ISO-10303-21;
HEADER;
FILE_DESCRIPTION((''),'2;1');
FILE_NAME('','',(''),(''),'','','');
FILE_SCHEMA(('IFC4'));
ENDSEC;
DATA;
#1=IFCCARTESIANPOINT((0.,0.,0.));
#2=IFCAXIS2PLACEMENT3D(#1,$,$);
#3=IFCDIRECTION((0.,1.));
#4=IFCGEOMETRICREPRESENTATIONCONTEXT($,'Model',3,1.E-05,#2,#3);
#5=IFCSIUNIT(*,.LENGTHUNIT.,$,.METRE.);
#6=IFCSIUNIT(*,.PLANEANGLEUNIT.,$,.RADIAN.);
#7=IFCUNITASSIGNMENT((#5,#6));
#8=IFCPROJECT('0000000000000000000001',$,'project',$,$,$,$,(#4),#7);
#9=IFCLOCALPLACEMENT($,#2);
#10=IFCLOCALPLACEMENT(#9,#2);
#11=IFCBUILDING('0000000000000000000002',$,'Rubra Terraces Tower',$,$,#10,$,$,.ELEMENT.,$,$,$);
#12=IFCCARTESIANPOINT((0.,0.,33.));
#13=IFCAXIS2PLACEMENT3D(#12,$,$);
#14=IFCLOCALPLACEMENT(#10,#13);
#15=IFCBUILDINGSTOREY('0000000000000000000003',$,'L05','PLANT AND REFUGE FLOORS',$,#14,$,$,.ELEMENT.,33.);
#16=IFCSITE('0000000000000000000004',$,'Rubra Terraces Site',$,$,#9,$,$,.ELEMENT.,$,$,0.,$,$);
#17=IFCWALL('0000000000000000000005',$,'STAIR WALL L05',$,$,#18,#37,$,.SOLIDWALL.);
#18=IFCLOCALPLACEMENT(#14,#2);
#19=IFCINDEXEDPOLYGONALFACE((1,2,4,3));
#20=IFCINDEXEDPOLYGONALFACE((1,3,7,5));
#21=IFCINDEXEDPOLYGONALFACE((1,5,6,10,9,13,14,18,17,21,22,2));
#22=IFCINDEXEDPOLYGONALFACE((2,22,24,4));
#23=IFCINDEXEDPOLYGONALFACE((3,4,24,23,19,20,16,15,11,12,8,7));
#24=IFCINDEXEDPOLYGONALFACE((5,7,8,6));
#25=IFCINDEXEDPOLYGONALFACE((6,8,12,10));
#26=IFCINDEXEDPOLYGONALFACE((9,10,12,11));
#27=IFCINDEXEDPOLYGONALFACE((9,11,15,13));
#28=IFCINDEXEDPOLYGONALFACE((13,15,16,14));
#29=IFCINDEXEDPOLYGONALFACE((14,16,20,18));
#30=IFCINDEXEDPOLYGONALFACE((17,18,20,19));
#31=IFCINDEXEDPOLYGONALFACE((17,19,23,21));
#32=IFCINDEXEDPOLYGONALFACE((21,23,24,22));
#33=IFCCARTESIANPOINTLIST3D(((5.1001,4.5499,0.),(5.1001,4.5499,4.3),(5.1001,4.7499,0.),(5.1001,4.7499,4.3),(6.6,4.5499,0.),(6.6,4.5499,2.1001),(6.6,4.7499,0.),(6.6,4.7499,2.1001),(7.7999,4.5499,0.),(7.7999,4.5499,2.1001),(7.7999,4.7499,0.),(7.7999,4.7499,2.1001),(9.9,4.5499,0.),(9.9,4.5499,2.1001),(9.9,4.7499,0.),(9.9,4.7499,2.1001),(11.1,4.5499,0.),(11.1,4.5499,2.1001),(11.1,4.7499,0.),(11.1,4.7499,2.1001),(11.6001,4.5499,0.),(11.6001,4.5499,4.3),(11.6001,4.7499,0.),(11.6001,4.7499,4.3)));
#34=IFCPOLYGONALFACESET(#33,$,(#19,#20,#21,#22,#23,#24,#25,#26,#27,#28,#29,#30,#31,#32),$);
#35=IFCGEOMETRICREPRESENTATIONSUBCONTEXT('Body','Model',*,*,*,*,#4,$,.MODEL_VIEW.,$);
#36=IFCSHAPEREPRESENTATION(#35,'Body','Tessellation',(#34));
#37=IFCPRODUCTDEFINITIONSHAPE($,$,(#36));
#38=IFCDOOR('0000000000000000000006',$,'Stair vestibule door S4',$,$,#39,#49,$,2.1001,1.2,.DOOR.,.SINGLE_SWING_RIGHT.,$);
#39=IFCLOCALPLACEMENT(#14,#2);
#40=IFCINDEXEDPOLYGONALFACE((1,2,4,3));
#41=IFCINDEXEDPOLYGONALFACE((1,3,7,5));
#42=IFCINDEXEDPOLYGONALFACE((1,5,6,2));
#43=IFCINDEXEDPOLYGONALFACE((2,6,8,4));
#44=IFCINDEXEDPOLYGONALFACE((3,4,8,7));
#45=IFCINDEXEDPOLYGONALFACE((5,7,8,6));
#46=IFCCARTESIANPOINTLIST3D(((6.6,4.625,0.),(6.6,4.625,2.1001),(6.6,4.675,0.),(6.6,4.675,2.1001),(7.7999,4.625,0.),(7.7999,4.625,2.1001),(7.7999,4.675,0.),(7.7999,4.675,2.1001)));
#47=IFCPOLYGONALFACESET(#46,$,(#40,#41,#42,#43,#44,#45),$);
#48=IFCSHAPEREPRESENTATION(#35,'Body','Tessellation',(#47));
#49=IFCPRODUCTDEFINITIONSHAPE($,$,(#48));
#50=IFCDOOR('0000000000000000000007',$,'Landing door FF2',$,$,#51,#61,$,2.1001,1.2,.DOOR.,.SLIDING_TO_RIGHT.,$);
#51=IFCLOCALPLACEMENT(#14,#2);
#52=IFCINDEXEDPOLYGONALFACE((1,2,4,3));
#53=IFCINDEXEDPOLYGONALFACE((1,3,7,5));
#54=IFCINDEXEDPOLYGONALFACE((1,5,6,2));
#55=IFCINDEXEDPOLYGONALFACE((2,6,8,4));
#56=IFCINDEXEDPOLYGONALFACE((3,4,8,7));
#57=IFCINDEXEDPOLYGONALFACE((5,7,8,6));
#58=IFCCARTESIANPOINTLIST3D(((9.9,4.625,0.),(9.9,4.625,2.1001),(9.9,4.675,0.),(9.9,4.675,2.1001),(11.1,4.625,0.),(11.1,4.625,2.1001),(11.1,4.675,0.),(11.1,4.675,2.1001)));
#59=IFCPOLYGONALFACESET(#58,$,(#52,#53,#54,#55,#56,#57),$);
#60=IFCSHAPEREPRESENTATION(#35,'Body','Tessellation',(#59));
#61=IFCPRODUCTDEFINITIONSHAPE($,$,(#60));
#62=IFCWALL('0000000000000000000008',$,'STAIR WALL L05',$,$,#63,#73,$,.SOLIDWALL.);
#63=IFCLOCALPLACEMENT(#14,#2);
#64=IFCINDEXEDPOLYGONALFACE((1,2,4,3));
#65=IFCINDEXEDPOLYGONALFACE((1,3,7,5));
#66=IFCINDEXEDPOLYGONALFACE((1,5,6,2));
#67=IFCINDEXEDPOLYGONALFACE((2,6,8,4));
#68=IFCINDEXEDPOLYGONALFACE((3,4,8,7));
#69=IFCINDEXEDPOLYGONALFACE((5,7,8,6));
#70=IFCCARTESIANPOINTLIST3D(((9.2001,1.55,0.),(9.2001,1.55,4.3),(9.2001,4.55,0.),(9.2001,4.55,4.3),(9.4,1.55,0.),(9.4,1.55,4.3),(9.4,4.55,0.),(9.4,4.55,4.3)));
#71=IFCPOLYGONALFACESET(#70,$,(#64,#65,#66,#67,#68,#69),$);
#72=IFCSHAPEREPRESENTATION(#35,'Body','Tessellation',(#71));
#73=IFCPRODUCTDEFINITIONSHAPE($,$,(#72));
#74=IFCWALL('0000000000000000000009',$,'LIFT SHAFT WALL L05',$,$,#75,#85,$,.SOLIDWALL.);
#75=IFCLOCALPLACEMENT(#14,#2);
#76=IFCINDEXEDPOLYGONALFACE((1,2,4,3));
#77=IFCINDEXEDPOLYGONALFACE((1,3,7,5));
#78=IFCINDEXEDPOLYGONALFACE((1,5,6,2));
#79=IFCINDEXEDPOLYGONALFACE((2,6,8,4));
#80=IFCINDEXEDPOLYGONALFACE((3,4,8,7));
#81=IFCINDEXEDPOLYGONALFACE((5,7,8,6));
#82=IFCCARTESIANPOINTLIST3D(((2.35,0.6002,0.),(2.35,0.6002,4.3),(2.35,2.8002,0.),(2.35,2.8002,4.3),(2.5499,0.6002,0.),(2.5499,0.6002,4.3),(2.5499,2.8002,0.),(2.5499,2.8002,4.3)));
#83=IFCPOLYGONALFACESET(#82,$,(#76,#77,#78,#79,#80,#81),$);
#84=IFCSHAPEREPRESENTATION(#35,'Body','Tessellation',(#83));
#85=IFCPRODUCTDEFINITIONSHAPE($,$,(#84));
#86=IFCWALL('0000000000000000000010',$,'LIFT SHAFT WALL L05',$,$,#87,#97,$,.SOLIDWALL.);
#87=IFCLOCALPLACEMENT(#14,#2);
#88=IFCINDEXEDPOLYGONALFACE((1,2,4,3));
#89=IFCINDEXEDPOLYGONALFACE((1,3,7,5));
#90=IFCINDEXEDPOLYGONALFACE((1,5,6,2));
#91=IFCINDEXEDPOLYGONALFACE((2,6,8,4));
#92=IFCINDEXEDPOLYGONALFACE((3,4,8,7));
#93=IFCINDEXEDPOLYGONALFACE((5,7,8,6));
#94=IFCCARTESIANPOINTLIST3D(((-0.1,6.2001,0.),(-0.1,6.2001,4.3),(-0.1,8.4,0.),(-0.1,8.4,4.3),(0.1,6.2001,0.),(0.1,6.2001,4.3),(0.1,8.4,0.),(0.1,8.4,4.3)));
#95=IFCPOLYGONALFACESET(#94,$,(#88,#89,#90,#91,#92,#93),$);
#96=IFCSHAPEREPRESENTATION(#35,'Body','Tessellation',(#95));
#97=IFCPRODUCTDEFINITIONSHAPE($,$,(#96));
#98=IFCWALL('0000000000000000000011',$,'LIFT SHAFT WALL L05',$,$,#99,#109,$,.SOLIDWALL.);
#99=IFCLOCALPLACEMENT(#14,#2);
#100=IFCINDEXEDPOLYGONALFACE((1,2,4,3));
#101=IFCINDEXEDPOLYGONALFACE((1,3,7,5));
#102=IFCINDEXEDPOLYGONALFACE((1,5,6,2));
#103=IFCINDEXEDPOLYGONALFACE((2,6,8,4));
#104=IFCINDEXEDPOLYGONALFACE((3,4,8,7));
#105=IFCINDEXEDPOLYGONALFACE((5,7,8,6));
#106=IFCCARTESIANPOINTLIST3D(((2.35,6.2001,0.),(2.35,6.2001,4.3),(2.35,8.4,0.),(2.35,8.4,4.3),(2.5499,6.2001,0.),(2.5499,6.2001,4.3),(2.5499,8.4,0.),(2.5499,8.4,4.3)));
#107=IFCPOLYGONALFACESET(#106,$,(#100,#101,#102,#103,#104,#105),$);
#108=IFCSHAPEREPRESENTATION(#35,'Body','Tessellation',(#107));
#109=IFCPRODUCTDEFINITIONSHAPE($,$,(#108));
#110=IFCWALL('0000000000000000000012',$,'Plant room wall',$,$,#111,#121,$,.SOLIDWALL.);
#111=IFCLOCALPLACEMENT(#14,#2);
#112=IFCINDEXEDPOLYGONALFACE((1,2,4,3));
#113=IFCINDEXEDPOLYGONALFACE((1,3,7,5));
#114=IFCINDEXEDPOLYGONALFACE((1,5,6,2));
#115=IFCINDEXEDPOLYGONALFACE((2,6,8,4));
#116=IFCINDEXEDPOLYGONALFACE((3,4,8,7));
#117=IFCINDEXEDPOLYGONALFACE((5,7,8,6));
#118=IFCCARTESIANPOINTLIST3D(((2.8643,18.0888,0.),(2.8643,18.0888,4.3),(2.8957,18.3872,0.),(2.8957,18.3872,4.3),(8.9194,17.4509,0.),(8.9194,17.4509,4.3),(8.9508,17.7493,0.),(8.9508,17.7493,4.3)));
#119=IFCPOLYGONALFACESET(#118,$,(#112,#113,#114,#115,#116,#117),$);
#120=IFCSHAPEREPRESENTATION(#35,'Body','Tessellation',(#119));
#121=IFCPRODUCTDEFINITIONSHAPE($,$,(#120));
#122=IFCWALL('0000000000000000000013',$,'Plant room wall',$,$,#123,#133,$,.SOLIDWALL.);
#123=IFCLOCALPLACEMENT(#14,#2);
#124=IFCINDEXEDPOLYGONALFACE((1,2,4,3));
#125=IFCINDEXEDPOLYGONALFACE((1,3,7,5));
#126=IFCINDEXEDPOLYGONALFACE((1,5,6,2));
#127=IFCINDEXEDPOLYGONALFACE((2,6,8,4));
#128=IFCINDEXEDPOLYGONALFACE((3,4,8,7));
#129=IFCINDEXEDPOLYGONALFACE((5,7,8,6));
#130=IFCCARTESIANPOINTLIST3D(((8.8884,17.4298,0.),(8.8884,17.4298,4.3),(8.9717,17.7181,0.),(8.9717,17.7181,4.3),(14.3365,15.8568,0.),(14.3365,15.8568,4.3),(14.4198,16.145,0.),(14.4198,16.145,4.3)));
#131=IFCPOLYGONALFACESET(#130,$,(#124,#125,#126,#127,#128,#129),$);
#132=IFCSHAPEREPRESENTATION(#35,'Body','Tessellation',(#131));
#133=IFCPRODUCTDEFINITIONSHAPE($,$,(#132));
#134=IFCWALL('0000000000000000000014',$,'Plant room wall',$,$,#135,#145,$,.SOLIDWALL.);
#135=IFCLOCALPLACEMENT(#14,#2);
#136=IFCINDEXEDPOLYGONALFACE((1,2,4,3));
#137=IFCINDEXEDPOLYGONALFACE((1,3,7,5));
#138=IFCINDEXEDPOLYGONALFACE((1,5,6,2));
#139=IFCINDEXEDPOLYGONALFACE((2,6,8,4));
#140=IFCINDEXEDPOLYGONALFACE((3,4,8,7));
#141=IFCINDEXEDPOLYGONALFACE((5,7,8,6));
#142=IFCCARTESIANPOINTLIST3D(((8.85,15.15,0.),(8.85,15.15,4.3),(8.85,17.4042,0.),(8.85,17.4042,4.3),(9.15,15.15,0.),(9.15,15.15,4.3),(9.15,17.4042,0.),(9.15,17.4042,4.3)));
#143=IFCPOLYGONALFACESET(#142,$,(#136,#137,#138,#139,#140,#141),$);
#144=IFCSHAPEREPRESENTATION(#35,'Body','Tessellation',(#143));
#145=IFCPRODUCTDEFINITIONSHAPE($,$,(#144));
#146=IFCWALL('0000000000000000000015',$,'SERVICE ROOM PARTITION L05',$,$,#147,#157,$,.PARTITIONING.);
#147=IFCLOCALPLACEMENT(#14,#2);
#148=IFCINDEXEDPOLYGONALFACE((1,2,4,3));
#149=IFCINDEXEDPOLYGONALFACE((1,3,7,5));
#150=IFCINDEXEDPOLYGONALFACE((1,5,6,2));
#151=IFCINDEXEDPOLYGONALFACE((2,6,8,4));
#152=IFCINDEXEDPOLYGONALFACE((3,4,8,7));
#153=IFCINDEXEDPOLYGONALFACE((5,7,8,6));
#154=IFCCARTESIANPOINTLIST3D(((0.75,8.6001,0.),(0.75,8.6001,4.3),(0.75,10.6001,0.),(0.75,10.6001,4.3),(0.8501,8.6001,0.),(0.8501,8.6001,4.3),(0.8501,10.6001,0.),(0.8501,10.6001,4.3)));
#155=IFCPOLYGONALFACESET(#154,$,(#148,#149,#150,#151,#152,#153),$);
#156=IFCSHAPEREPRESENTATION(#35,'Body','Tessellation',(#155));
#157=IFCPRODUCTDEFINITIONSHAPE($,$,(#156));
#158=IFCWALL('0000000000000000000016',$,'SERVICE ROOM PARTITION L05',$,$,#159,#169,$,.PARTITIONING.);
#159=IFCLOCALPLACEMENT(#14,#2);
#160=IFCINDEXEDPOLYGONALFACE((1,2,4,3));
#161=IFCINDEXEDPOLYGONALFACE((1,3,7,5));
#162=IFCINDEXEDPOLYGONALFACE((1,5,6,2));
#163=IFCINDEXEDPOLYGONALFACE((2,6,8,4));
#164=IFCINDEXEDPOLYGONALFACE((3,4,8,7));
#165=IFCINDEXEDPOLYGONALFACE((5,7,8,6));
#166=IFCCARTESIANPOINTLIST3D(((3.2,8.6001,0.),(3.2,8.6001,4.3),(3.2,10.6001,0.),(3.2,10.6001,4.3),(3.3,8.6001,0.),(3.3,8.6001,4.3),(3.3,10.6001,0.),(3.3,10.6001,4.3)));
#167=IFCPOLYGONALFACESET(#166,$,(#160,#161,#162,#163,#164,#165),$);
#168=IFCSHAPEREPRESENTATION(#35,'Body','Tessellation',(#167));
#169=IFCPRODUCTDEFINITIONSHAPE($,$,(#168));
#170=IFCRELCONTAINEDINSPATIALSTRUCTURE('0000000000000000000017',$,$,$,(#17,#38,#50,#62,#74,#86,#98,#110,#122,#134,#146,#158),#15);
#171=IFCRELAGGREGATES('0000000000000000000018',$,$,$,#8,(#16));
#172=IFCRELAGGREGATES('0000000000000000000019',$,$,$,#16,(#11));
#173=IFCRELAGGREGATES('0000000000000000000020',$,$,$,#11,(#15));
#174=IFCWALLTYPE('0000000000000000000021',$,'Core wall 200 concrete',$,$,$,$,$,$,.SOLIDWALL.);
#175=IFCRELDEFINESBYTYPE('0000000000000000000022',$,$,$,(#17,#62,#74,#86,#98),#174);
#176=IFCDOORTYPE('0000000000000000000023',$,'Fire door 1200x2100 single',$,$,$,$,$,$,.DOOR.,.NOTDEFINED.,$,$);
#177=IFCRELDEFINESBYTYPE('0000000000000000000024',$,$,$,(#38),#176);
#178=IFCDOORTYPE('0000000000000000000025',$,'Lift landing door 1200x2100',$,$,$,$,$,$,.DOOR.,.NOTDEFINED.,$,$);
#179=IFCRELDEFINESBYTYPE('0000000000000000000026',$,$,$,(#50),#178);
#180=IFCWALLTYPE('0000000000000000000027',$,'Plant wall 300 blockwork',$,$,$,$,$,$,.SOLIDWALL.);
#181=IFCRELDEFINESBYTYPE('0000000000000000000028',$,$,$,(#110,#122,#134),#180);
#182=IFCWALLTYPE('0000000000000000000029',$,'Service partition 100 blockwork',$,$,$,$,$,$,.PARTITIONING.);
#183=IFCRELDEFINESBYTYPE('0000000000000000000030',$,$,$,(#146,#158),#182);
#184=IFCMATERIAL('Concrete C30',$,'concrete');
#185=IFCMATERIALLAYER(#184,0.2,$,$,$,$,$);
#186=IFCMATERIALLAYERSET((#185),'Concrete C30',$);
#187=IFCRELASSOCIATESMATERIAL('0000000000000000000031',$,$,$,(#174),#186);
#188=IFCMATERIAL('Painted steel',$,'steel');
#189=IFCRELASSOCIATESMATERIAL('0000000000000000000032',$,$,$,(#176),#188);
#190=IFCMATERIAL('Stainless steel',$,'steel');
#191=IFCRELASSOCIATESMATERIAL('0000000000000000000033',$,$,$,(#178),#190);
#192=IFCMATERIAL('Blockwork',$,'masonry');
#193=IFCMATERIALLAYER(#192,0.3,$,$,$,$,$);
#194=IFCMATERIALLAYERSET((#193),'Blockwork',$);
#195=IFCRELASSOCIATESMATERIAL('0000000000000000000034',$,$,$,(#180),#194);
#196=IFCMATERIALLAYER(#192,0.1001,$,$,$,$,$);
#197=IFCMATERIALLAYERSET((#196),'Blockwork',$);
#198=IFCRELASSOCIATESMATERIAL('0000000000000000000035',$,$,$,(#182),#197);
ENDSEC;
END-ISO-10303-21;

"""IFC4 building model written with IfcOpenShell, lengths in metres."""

from ifc_helpers import new_model, si_unit, direction, frame, frame_2d, origin, place, context, subcontext, project, spatial, rectangle, extrude, material, layer, layer_set, type_object, element, fill, save


model = new_model("IFC4")

# Units and contexts
model_context = context("Model", 3, precision=1e-05, world=origin(), true_north=direction((0.0, 1.0)))
body_context = subcontext(model_context, "Body", "Model", "MODEL_VIEW")
ifc_project = project(units=[si_unit("LENGTHUNIT", "METRE"), si_unit("PLANEANGLEUNIT", "RADIAN")], contexts=[model_context])

# Site, building, storey
site_placement = place(None, origin())
site = spatial("IfcSite", under=ifc_project, at=site_placement, Name="Rubra Terraces Site", CompositionType="ELEMENT", RefElevation=0.0)
building_placement = place(site_placement, origin())
building = spatial("IfcBuilding", under=site, at=building_placement, Name="Rubra Terraces Tower", CompositionType="ELEMENT")
storey_placement = place(building_placement, frame((0.0, 0.0, 33.0)))
storey = spatial("IfcBuildingStorey", under=building, at=storey_placement, Name="L05", Description="PLANT AND REFUGE FLOORS", CompositionType="ELEMENT", Elevation=33.0)

# Wall, openings, doors
ifc_material_1 = material(Name="Concrete C30", Category="concrete")
ifc_layer_1 = layer(ifc_material_1, 0.2)
ifc_layer_set_1 = layer_set([ifc_layer_1], Name="Concrete C30")
wall_type_1 = type_object("IfcWallType", Name="Core wall 200 concrete", PredefinedType="SOLIDWALL", material=ifc_layer_set_1)
wall_1_placement = place(storey_placement, frame((11.6001, 4.6499, 0.0), z_axis=(0.0, 0.0, 1.0), x_axis=(-1.0, 0.0, 0.0)))
wall_1 = element("IfcWall", 1, at=wall_1_placement, inside=storey, type_object=wall_type_1, Name="STAIR WALL L05", PredefinedType="SOLIDWALL", context=body_context, shape_type="SweptSolid", body=[
    extrude(rectangle(XDim=6.5, YDim=0.2, at=frame_2d((3.25, 0.0))), origin(), (0.0, 0.0, 1.0), 4.3),
])
opening_1_placement = place(wall_1_placement, frame((3.8, 0.0, 0.0)))
opening_1 = element("IfcOpeningElement", 2, at=opening_1_placement, cuts=wall_1, PredefinedType="OPENING", context=body_context, shape_type="SweptSolid", body=[
    extrude(rectangle(XDim=1.2, YDim=2.1001, at=frame_2d((0.6001, 1.05))), frame((0.0, 0.1099, 0.0), z_axis=(0.0, -1.0, 0.0), x_axis=(1.0, 0.0, 0.0)), (0.0, 0.0, 1.0), 0.22),
])
opening_2_placement = place(wall_1_placement, frame((0.5, 0.0, 0.0)))
opening_2 = element("IfcOpeningElement", 3, at=opening_2_placement, cuts=wall_1, PredefinedType="OPENING", context=body_context, shape_type="SweptSolid", body=[
    extrude(rectangle(XDim=1.2, YDim=2.1001, at=frame_2d((0.6001, 1.05))), frame((0.0, 0.1099, 0.0), z_axis=(0.0, -1.0, 0.0), x_axis=(1.0, 0.0, 0.0)), (0.0, 0.0, 1.0), 0.22),
])
ifc_material_2 = material(Name="Painted steel", Category="steel")
door_type_1 = type_object("IfcDoorType", Name="Fire door 1200x2100 single", OperationType="NOTDEFINED", PredefinedType="DOOR", material=ifc_material_2)
door_1_placement = place(opening_1_placement, origin())
door_1 = element("IfcDoor", 4, at=door_1_placement, inside=storey, type_object=door_type_1, Name="Stair vestibule door S4", OperationType="SINGLE_SWING_RIGHT", OverallHeight=2.1001, OverallWidth=1.2, PredefinedType="DOOR", context=body_context, shape_type="SweptSolid", body=[
    extrude(rectangle(XDim=1.2, YDim=2.1001, at=frame_2d((0.6001, 1.05))), frame((0.0, 0.0249, 0.0), z_axis=(0.0, -1.0, 0.0), x_axis=(1.0, 0.0, 0.0)), (0.0, 0.0, 1.0), 0.05),
])
fill(opening_1, door_1)
ifc_material_3 = material(Name="Stainless steel", Category="steel")
door_type_2 = type_object("IfcDoorType", Name="Lift landing door 1200x2100", OperationType="NOTDEFINED", PredefinedType="DOOR", material=ifc_material_3)
door_2_placement = place(opening_2_placement, origin())
door_2 = element("IfcDoor", 5, at=door_2_placement, inside=storey, type_object=door_type_2, Name="Landing door FF2", OperationType="SLIDING_TO_RIGHT", OverallHeight=2.1001, OverallWidth=1.2, PredefinedType="DOOR", context=body_context, shape_type="SweptSolid", body=[
    extrude(rectangle(XDim=1.2, YDim=2.1001, at=frame_2d((0.6001, 1.05))), frame((0.0, 0.0249, 0.0), z_axis=(0.0, -1.0, 0.0), x_axis=(1.0, 0.0, 0.0)), (0.0, 0.0, 1.0), 0.05),
])
fill(opening_2, door_2)

# Walls
wall_2_placement = place(storey_placement, frame((9.3, 4.55, 0.0), z_axis=(0.0, 0.0, 1.0), x_axis=(0.0, -1.0, 0.0)))
element("IfcWall", 6, at=wall_2_placement, inside=storey, type_object=wall_type_1, Name="STAIR WALL L05", PredefinedType="SOLIDWALL", context=body_context, shape_type="SweptSolid", body=[
    extrude(rectangle(XDim=3.0, YDim=0.2, at=frame_2d((1.5, 0.0))), origin(), (0.0, 0.0, 1.0), 4.3),
])
for number, where, z_axis, x_axis, name in (
    (7, (2.45, 0.6001, 0.0), (0.0, 0.0, 1.0), (0.0, 1.0, 0.0), "LIFT SHAFT WALL L05"),
    (8, (0.0, 6.2, 0.0), (0.0, 0.0, 1.0), (0.0, 1.0, 0.0), "LIFT SHAFT WALL L05"),
    (9, (2.45, 6.2, 0.0), (0.0, 0.0, 1.0), (0.0, 1.0, 0.0), "LIFT SHAFT WALL L05"),
):
    element("IfcWall", number, at=place(storey_placement, frame(where, z_axis=z_axis, x_axis=x_axis)), inside=storey, type_object=wall_type_1, Name=name, PredefinedType="SOLIDWALL", context=body_context, shape_type="SweptSolid", body=[
        extrude(rectangle(XDim=2.2, YDim=0.2, at=frame_2d((1.1001, 0.0))), origin(), (0.0, 0.0, 1.0), 4.3),
    ])
ifc_material_4 = material(Name="Blockwork", Category="masonry")
ifc_layer_2 = layer(ifc_material_4, 0.3)
ifc_layer_set_2 = layer_set([ifc_layer_2], Name="Blockwork")
wall_type_2 = type_object("IfcWallType", Name="Plant wall 300 blockwork", PredefinedType="SOLIDWALL", material=ifc_layer_set_2)
wall_3_placement = place(storey_placement, frame((2.8799, 18.238, 0.0), z_axis=(0.0, 0.0, 1.0), x_axis=(0.994496, -0.104775, 0.0)))
element("IfcWall", 10, at=wall_3_placement, inside=storey, type_object=wall_type_2, Name="Plant room wall", PredefinedType="SOLIDWALL", context=body_context, shape_type="SweptSolid", body=[
    extrude(rectangle(XDim=6.0886, YDim=0.3, at=frame_2d((3.0444, 0.0))), origin(), (0.0, 0.0, 1.0), 4.3),
])
wall_4_placement = place(storey_placement, frame((8.9299, 17.574, 0.0), z_axis=(0.0, 0.0, 1.0), x_axis=(0.960755, -0.277398, 0.0)))
element("IfcWall", 11, at=wall_4_placement, inside=storey, type_object=wall_type_2, Name="Plant room wall", PredefinedType="SOLIDWALL", context=body_context, shape_type="SweptSolid", body=[
    extrude(rectangle(XDim=5.6707, YDim=0.3, at=frame_2d((2.8354, 0.0))), origin(), (0.0, 0.0, 1.0), 4.3),
])
wall_5_placement = place(storey_placement, frame((9.0, 17.4041, 0.0), z_axis=(0.0, 0.0, 1.0), x_axis=(0.0, -1.0, 0.0)))
element("IfcWall", 12, at=wall_5_placement, inside=storey, type_object=wall_type_2, Name="Plant room wall", PredefinedType="SOLIDWALL", context=body_context, shape_type="SweptSolid", body=[
    extrude(rectangle(XDim=2.2542, YDim=0.3, at=frame_2d((1.127, 0.0))), origin(), (0.0, 0.0, 1.0), 4.3),
])
ifc_layer_3 = layer(ifc_material_4, 0.1001)
ifc_layer_set_3 = layer_set([ifc_layer_3], Name="Blockwork")
wall_type_3 = type_object("IfcWallType", Name="Service partition 100 blockwork", PredefinedType="PARTITIONING", material=ifc_layer_set_3)
for number, where, z_axis, x_axis, name in (
    (13, (0.8, 8.6001, 0.0), (0.0, 0.0, 1.0), (0.0, 1.0, 0.0), "SERVICE ROOM PARTITION L05"),
    (14, (3.25, 8.6001, 0.0), (0.0, 0.0, 1.0), (0.0, 1.0, 0.0), "SERVICE ROOM PARTITION L05"),
):
    element("IfcWall", number, at=place(storey_placement, frame(where, z_axis=z_axis, x_axis=x_axis)), inside=storey, type_object=wall_type_3, Name=name, PredefinedType="PARTITIONING", context=body_context, shape_type="SweptSolid", body=[
        extrude(rectangle(XDim=2.0, YDim=0.1001, at=frame_2d((1.0, 0.0))), origin(), (0.0, 0.0, 1.0), 4.3),
    ])

save(model, "model.ifc")
